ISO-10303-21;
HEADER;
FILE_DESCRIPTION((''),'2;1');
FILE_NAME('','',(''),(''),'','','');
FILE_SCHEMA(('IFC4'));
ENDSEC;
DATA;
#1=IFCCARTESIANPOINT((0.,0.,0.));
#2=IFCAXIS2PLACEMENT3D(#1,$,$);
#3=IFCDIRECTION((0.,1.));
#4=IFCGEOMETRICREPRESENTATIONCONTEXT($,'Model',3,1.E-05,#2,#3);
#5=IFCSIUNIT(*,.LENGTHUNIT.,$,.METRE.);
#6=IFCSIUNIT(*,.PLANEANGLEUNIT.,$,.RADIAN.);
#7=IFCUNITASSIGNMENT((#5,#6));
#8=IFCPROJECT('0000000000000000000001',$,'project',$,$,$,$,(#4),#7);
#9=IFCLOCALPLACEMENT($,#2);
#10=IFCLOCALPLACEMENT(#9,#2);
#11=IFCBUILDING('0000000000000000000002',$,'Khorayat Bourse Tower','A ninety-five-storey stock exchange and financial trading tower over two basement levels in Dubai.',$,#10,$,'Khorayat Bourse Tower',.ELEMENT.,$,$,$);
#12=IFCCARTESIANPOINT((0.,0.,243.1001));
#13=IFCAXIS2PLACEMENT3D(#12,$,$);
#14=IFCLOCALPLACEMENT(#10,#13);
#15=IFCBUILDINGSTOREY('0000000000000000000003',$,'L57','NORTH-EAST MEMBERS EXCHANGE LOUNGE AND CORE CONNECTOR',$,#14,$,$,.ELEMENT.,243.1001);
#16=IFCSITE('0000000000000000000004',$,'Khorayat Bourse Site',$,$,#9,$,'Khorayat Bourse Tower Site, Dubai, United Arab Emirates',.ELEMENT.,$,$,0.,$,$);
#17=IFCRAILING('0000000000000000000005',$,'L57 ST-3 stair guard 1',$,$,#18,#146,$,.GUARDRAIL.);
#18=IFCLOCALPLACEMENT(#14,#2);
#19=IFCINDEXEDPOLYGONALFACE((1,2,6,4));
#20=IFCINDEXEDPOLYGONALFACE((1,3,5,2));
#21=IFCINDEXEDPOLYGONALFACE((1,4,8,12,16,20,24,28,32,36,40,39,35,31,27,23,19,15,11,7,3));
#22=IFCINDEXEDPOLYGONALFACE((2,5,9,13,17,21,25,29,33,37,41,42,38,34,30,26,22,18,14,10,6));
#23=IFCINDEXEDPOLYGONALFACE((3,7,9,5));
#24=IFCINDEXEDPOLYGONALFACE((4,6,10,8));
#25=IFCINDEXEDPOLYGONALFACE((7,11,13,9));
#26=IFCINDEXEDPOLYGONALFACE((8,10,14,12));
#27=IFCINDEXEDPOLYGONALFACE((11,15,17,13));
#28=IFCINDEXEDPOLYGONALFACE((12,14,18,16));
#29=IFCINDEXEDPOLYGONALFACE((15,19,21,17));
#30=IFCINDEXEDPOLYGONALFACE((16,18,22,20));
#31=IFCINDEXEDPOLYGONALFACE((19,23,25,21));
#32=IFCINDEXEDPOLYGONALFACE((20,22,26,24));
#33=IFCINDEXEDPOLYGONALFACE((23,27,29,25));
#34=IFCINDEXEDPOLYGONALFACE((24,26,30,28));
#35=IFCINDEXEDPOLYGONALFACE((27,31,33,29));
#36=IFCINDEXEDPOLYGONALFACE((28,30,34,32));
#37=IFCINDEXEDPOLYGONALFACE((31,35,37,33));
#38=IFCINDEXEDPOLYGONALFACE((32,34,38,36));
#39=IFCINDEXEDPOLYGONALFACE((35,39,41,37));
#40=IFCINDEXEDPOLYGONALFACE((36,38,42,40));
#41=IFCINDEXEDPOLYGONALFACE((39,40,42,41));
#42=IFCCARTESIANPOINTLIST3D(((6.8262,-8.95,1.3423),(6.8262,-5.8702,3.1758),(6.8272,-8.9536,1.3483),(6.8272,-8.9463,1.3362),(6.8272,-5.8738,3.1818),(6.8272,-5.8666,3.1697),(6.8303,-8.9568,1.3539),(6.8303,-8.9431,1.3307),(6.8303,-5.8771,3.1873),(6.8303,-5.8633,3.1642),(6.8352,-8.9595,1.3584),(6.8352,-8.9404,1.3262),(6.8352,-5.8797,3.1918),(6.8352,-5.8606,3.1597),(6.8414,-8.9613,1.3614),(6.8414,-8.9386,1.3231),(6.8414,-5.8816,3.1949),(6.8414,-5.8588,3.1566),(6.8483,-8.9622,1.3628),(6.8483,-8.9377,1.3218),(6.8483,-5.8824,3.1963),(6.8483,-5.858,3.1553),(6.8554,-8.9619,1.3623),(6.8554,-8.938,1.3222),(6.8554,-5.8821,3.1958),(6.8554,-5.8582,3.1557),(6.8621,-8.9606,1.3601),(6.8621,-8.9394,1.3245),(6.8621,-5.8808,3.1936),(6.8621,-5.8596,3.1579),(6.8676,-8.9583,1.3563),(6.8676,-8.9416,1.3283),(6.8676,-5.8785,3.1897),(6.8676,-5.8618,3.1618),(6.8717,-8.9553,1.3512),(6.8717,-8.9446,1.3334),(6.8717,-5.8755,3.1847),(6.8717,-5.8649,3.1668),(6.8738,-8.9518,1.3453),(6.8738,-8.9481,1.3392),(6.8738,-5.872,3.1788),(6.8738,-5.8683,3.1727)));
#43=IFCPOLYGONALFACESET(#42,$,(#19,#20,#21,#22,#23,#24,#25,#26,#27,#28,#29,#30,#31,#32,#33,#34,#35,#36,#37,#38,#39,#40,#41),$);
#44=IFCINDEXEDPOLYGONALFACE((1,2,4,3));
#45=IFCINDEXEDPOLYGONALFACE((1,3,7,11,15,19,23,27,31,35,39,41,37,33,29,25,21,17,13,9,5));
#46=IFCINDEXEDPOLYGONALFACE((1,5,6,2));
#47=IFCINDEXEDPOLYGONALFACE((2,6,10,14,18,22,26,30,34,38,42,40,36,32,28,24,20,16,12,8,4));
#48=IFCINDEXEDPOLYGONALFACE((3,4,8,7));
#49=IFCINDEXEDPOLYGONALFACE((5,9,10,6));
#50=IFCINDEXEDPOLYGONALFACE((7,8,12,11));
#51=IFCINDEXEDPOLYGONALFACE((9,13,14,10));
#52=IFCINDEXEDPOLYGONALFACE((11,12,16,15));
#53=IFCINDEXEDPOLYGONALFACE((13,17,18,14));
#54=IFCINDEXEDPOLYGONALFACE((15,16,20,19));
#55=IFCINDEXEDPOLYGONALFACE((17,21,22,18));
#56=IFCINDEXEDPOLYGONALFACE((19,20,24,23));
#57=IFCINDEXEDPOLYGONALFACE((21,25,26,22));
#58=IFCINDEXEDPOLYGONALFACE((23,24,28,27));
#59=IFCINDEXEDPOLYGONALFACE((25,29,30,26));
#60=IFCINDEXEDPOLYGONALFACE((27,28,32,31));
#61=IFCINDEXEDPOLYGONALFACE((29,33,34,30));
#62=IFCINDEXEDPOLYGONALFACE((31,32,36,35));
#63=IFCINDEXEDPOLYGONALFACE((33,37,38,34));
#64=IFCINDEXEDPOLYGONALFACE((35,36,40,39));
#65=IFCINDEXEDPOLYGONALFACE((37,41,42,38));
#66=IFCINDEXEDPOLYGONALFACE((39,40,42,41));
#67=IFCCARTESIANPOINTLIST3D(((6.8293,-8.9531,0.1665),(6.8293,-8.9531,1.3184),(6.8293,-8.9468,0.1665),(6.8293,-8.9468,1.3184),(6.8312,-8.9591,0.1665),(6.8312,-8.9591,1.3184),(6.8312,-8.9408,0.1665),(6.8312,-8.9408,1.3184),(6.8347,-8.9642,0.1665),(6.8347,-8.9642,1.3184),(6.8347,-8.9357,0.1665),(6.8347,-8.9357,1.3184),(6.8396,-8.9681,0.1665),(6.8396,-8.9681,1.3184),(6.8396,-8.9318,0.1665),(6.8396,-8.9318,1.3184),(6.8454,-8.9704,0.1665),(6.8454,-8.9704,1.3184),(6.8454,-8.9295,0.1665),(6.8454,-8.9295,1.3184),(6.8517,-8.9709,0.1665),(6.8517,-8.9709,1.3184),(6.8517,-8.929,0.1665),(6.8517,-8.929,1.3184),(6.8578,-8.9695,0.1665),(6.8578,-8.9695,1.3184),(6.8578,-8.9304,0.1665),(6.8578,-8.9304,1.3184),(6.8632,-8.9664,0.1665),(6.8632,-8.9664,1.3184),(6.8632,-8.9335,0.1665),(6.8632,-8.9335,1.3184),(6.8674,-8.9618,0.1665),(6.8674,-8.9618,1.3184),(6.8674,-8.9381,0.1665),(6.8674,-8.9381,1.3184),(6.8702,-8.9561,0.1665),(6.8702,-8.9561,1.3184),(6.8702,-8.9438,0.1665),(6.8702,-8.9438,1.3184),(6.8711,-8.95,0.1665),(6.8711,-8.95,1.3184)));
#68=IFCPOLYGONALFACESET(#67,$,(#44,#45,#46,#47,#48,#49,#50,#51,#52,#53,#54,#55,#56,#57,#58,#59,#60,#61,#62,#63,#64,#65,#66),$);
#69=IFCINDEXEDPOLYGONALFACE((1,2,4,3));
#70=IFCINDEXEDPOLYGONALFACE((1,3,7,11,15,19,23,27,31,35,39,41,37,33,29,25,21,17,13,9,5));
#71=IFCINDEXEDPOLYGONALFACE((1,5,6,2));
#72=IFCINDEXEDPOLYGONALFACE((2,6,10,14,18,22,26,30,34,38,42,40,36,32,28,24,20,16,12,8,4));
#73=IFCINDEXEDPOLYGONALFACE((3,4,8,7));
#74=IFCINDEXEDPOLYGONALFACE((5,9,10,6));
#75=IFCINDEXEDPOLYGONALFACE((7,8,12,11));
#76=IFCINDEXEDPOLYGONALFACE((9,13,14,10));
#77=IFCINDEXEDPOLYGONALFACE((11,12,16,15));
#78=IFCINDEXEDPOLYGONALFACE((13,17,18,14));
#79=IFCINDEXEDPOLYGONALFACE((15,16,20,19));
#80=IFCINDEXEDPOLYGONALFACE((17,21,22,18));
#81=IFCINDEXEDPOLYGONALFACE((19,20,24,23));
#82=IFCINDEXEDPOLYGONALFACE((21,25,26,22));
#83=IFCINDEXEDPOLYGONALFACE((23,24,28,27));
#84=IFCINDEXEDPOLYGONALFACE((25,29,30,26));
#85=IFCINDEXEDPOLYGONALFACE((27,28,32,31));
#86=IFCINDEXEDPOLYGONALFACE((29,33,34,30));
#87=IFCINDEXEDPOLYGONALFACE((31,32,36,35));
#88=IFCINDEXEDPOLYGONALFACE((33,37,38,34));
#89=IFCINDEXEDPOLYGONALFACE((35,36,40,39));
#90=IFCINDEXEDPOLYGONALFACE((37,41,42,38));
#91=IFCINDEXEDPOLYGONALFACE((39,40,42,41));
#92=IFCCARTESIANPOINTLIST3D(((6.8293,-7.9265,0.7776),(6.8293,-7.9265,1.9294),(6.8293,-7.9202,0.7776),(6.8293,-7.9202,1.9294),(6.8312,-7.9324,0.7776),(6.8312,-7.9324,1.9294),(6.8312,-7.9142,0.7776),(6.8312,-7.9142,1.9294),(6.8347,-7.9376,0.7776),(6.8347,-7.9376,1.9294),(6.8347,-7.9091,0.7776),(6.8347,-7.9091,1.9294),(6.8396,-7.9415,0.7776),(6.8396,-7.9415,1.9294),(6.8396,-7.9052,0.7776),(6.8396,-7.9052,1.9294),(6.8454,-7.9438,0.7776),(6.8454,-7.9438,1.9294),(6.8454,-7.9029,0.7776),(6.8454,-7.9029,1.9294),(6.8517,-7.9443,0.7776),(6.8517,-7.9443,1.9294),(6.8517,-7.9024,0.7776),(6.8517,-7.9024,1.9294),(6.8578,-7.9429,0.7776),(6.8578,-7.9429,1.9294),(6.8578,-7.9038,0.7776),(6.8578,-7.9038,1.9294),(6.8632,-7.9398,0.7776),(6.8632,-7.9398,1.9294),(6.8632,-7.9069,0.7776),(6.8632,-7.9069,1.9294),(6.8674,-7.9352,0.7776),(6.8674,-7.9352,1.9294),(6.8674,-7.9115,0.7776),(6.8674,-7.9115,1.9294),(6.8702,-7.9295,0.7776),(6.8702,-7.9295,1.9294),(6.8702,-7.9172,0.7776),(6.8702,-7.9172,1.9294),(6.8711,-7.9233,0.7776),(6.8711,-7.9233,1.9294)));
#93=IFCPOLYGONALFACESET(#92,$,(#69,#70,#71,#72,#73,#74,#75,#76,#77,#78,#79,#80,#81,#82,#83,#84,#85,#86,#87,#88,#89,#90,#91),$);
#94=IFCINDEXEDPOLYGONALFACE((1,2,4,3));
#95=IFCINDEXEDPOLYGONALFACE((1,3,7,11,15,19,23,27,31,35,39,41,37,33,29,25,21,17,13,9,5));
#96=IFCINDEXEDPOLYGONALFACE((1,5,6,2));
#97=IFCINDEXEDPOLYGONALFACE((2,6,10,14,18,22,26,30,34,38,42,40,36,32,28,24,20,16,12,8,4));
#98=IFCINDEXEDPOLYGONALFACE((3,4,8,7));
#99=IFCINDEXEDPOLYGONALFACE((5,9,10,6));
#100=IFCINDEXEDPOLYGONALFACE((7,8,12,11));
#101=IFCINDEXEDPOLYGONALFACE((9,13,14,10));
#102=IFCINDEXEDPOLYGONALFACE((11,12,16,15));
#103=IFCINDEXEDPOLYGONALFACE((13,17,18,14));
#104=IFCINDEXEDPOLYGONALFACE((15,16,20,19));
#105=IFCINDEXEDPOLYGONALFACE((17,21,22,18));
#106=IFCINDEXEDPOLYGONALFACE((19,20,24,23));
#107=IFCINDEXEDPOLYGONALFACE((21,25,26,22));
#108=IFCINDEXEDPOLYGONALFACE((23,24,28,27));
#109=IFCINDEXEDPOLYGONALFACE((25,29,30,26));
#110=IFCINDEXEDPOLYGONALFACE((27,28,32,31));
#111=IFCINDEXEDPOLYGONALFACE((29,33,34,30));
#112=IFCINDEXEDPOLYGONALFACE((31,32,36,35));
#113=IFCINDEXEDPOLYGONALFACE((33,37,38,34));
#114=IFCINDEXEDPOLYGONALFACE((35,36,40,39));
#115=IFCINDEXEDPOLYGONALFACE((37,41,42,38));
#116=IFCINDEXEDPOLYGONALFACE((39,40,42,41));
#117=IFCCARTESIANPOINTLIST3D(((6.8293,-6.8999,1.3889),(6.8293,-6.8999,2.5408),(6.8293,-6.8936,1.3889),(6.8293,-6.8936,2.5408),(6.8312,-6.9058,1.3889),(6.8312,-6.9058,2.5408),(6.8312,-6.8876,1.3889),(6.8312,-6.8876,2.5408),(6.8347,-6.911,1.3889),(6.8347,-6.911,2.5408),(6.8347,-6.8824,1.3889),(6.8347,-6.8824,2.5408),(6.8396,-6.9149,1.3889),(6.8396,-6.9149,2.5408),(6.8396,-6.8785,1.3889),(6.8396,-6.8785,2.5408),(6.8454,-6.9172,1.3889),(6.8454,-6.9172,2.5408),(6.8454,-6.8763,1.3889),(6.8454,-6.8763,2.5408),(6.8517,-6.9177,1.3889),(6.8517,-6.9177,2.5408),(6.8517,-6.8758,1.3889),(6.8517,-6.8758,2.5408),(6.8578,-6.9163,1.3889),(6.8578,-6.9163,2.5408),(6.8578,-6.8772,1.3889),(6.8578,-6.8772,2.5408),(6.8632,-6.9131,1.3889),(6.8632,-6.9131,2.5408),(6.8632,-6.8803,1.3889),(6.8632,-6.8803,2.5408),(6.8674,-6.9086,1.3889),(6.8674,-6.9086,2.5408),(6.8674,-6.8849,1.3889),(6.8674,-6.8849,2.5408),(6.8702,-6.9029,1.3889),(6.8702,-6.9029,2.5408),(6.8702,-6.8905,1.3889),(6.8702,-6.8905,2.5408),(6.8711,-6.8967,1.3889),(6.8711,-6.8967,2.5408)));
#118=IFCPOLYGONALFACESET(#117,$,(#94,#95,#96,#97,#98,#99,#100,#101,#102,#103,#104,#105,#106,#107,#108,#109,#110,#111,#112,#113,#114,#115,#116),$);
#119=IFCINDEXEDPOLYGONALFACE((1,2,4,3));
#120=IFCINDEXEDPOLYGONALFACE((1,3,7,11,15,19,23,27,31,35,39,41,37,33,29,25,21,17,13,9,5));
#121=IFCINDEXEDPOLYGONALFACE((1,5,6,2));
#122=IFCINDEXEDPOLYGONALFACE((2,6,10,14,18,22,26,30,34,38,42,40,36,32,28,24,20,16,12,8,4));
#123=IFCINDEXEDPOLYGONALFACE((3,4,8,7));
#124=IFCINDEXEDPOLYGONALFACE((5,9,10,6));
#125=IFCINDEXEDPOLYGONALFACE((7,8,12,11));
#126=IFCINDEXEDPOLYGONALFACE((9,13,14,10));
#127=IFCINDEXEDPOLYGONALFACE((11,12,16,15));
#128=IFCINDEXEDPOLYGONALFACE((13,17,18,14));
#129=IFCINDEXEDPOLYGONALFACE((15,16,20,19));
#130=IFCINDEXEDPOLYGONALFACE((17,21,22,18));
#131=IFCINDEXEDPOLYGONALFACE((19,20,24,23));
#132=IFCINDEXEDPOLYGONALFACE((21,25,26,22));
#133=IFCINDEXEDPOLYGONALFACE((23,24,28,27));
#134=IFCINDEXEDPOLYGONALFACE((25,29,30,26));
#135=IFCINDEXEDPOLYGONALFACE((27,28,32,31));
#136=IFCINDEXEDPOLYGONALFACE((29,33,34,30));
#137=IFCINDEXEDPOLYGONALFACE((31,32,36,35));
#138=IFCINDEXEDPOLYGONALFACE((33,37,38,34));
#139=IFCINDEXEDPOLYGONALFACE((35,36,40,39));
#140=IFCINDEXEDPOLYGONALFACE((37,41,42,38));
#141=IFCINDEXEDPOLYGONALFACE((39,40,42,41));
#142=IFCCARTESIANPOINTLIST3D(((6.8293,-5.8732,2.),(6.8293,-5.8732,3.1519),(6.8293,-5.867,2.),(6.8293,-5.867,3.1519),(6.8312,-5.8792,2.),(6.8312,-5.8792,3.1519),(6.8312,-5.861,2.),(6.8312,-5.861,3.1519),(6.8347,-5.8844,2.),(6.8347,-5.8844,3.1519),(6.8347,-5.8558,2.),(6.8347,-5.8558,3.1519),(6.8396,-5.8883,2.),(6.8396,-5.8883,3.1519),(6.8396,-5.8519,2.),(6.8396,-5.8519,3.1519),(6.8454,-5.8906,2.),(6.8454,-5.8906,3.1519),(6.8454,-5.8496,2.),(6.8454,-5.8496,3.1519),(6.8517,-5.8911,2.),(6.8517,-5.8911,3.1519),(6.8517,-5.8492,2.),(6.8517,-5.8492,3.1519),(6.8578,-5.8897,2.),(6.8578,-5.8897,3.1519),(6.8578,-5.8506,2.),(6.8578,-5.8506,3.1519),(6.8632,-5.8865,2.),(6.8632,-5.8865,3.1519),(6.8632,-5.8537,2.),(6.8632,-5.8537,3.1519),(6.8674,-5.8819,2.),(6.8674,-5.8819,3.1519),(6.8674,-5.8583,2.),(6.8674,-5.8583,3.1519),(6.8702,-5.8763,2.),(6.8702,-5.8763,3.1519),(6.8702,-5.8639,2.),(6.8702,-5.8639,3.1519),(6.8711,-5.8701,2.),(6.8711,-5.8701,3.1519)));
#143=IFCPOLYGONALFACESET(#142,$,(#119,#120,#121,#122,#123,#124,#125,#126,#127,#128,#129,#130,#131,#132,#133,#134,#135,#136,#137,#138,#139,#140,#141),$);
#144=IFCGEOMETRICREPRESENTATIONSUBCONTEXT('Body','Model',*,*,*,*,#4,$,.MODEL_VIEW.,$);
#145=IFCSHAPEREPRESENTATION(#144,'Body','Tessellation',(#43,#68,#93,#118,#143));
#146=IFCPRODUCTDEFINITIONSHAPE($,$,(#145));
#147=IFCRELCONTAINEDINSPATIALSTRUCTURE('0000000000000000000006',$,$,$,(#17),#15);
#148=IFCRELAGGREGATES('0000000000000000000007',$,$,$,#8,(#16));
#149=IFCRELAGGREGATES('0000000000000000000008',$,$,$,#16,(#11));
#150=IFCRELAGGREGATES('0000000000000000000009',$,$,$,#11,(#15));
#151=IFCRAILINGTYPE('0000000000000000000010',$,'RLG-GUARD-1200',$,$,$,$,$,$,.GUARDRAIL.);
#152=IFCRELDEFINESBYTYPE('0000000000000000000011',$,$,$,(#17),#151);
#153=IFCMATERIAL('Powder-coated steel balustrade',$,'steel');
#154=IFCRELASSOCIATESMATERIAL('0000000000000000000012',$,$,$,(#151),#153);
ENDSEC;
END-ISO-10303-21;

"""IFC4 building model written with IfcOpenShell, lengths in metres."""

from ifc_helpers import new_model, si_unit, direction, frame, origin, origin_2d, place, context, subcontext, project, spatial, circle, extrude, source, transform, mapped, material, type_object, element, save


model = new_model("IFC4")

# Units and contexts
model_context = context("Model", 3, precision=1e-05, world=origin(), true_north=direction((0.0, 1.0)))
body_context = subcontext(model_context, "Body", "Model", "MODEL_VIEW")
ifc_project = project(units=[si_unit("LENGTHUNIT", "METRE"), si_unit("PLANEANGLEUNIT", "RADIAN")], contexts=[model_context])

# Site, building, storey
site_placement = place(None, origin())
site = spatial("IfcSite", under=ifc_project, at=site_placement, Name="Khorayat Bourse Site", LongName="Khorayat Bourse Tower Site, Dubai, United Arab Emirates", CompositionType="ELEMENT", RefElevation=0.0)
building_placement = place(site_placement, origin())
building = spatial("IfcBuilding", under=site, at=building_placement, Name="Khorayat Bourse Tower", Description="A ninety-five-storey stock exchange and financial trading tower over two basement levels in Dubai.", LongName="Khorayat Bourse Tower", CompositionType="ELEMENT")
storey_placement = place(building_placement, frame((0.0, 0.0, 243.1001)))
storey = spatial("IfcBuildingStorey", under=building, at=storey_placement, Name="L57", Description="NORTH-EAST MEMBERS EXCHANGE LOUNGE AND CORE CONNECTOR", CompositionType="ELEMENT", Elevation=243.1001)

# Railing
ifc_material_1 = material(Name="Powder-coated steel balustrade", Category="steel")
railing_type_1 = type_object("IfcRailingType", Name="RLG-GUARD-1200", PredefinedType="GUARDRAIL", material=ifc_material_1)
shared_shape_1 = source(origin(), body_context, "Body", "SweptSolid", [
    extrude(circle(Radius=0.0239, at=origin_2d()), frame((0.0, 0.0, 1.1758), z_axis=(0.0, 0.859261, 0.511538), x_axis=(-1.0, 0.0, 0.0)), (0.0, 0.0, 1.0), 3.5842),
    extrude(circle(Radius=0.021, at=origin_2d()), origin(), (0.0, 0.0, 1.0), 1.1519),
    extrude(circle(Radius=0.021, at=origin_2d()), frame((0.0, 1.0266, 0.6111)), (0.0, 0.0, 1.0), 1.1519),
    extrude(circle(Radius=0.021, at=origin_2d()), frame((0.0, 2.0532, 1.2224)), (0.0, 0.0, 1.0), 1.1519),
    extrude(circle(Radius=0.021, at=origin_2d()), frame((0.0, 3.0798, 1.8335)), (0.0, 0.0, 1.0), 1.1519),
])
railing_1_placement = place(storey_placement, frame((6.8501, -8.95, 0.1665)))
element("IfcRailing", 1, at=railing_1_placement, inside=storey, type_object=railing_type_1, Name="L57 ST-3 stair guard 1", PredefinedType="GUARDRAIL", context=body_context, shape_type="MappedRepresentation", body=[
    mapped(shared_shape_1, transform((0.0, 0.0, 0.0), scale=1.0)),
])

save(model, "model.ifc")
